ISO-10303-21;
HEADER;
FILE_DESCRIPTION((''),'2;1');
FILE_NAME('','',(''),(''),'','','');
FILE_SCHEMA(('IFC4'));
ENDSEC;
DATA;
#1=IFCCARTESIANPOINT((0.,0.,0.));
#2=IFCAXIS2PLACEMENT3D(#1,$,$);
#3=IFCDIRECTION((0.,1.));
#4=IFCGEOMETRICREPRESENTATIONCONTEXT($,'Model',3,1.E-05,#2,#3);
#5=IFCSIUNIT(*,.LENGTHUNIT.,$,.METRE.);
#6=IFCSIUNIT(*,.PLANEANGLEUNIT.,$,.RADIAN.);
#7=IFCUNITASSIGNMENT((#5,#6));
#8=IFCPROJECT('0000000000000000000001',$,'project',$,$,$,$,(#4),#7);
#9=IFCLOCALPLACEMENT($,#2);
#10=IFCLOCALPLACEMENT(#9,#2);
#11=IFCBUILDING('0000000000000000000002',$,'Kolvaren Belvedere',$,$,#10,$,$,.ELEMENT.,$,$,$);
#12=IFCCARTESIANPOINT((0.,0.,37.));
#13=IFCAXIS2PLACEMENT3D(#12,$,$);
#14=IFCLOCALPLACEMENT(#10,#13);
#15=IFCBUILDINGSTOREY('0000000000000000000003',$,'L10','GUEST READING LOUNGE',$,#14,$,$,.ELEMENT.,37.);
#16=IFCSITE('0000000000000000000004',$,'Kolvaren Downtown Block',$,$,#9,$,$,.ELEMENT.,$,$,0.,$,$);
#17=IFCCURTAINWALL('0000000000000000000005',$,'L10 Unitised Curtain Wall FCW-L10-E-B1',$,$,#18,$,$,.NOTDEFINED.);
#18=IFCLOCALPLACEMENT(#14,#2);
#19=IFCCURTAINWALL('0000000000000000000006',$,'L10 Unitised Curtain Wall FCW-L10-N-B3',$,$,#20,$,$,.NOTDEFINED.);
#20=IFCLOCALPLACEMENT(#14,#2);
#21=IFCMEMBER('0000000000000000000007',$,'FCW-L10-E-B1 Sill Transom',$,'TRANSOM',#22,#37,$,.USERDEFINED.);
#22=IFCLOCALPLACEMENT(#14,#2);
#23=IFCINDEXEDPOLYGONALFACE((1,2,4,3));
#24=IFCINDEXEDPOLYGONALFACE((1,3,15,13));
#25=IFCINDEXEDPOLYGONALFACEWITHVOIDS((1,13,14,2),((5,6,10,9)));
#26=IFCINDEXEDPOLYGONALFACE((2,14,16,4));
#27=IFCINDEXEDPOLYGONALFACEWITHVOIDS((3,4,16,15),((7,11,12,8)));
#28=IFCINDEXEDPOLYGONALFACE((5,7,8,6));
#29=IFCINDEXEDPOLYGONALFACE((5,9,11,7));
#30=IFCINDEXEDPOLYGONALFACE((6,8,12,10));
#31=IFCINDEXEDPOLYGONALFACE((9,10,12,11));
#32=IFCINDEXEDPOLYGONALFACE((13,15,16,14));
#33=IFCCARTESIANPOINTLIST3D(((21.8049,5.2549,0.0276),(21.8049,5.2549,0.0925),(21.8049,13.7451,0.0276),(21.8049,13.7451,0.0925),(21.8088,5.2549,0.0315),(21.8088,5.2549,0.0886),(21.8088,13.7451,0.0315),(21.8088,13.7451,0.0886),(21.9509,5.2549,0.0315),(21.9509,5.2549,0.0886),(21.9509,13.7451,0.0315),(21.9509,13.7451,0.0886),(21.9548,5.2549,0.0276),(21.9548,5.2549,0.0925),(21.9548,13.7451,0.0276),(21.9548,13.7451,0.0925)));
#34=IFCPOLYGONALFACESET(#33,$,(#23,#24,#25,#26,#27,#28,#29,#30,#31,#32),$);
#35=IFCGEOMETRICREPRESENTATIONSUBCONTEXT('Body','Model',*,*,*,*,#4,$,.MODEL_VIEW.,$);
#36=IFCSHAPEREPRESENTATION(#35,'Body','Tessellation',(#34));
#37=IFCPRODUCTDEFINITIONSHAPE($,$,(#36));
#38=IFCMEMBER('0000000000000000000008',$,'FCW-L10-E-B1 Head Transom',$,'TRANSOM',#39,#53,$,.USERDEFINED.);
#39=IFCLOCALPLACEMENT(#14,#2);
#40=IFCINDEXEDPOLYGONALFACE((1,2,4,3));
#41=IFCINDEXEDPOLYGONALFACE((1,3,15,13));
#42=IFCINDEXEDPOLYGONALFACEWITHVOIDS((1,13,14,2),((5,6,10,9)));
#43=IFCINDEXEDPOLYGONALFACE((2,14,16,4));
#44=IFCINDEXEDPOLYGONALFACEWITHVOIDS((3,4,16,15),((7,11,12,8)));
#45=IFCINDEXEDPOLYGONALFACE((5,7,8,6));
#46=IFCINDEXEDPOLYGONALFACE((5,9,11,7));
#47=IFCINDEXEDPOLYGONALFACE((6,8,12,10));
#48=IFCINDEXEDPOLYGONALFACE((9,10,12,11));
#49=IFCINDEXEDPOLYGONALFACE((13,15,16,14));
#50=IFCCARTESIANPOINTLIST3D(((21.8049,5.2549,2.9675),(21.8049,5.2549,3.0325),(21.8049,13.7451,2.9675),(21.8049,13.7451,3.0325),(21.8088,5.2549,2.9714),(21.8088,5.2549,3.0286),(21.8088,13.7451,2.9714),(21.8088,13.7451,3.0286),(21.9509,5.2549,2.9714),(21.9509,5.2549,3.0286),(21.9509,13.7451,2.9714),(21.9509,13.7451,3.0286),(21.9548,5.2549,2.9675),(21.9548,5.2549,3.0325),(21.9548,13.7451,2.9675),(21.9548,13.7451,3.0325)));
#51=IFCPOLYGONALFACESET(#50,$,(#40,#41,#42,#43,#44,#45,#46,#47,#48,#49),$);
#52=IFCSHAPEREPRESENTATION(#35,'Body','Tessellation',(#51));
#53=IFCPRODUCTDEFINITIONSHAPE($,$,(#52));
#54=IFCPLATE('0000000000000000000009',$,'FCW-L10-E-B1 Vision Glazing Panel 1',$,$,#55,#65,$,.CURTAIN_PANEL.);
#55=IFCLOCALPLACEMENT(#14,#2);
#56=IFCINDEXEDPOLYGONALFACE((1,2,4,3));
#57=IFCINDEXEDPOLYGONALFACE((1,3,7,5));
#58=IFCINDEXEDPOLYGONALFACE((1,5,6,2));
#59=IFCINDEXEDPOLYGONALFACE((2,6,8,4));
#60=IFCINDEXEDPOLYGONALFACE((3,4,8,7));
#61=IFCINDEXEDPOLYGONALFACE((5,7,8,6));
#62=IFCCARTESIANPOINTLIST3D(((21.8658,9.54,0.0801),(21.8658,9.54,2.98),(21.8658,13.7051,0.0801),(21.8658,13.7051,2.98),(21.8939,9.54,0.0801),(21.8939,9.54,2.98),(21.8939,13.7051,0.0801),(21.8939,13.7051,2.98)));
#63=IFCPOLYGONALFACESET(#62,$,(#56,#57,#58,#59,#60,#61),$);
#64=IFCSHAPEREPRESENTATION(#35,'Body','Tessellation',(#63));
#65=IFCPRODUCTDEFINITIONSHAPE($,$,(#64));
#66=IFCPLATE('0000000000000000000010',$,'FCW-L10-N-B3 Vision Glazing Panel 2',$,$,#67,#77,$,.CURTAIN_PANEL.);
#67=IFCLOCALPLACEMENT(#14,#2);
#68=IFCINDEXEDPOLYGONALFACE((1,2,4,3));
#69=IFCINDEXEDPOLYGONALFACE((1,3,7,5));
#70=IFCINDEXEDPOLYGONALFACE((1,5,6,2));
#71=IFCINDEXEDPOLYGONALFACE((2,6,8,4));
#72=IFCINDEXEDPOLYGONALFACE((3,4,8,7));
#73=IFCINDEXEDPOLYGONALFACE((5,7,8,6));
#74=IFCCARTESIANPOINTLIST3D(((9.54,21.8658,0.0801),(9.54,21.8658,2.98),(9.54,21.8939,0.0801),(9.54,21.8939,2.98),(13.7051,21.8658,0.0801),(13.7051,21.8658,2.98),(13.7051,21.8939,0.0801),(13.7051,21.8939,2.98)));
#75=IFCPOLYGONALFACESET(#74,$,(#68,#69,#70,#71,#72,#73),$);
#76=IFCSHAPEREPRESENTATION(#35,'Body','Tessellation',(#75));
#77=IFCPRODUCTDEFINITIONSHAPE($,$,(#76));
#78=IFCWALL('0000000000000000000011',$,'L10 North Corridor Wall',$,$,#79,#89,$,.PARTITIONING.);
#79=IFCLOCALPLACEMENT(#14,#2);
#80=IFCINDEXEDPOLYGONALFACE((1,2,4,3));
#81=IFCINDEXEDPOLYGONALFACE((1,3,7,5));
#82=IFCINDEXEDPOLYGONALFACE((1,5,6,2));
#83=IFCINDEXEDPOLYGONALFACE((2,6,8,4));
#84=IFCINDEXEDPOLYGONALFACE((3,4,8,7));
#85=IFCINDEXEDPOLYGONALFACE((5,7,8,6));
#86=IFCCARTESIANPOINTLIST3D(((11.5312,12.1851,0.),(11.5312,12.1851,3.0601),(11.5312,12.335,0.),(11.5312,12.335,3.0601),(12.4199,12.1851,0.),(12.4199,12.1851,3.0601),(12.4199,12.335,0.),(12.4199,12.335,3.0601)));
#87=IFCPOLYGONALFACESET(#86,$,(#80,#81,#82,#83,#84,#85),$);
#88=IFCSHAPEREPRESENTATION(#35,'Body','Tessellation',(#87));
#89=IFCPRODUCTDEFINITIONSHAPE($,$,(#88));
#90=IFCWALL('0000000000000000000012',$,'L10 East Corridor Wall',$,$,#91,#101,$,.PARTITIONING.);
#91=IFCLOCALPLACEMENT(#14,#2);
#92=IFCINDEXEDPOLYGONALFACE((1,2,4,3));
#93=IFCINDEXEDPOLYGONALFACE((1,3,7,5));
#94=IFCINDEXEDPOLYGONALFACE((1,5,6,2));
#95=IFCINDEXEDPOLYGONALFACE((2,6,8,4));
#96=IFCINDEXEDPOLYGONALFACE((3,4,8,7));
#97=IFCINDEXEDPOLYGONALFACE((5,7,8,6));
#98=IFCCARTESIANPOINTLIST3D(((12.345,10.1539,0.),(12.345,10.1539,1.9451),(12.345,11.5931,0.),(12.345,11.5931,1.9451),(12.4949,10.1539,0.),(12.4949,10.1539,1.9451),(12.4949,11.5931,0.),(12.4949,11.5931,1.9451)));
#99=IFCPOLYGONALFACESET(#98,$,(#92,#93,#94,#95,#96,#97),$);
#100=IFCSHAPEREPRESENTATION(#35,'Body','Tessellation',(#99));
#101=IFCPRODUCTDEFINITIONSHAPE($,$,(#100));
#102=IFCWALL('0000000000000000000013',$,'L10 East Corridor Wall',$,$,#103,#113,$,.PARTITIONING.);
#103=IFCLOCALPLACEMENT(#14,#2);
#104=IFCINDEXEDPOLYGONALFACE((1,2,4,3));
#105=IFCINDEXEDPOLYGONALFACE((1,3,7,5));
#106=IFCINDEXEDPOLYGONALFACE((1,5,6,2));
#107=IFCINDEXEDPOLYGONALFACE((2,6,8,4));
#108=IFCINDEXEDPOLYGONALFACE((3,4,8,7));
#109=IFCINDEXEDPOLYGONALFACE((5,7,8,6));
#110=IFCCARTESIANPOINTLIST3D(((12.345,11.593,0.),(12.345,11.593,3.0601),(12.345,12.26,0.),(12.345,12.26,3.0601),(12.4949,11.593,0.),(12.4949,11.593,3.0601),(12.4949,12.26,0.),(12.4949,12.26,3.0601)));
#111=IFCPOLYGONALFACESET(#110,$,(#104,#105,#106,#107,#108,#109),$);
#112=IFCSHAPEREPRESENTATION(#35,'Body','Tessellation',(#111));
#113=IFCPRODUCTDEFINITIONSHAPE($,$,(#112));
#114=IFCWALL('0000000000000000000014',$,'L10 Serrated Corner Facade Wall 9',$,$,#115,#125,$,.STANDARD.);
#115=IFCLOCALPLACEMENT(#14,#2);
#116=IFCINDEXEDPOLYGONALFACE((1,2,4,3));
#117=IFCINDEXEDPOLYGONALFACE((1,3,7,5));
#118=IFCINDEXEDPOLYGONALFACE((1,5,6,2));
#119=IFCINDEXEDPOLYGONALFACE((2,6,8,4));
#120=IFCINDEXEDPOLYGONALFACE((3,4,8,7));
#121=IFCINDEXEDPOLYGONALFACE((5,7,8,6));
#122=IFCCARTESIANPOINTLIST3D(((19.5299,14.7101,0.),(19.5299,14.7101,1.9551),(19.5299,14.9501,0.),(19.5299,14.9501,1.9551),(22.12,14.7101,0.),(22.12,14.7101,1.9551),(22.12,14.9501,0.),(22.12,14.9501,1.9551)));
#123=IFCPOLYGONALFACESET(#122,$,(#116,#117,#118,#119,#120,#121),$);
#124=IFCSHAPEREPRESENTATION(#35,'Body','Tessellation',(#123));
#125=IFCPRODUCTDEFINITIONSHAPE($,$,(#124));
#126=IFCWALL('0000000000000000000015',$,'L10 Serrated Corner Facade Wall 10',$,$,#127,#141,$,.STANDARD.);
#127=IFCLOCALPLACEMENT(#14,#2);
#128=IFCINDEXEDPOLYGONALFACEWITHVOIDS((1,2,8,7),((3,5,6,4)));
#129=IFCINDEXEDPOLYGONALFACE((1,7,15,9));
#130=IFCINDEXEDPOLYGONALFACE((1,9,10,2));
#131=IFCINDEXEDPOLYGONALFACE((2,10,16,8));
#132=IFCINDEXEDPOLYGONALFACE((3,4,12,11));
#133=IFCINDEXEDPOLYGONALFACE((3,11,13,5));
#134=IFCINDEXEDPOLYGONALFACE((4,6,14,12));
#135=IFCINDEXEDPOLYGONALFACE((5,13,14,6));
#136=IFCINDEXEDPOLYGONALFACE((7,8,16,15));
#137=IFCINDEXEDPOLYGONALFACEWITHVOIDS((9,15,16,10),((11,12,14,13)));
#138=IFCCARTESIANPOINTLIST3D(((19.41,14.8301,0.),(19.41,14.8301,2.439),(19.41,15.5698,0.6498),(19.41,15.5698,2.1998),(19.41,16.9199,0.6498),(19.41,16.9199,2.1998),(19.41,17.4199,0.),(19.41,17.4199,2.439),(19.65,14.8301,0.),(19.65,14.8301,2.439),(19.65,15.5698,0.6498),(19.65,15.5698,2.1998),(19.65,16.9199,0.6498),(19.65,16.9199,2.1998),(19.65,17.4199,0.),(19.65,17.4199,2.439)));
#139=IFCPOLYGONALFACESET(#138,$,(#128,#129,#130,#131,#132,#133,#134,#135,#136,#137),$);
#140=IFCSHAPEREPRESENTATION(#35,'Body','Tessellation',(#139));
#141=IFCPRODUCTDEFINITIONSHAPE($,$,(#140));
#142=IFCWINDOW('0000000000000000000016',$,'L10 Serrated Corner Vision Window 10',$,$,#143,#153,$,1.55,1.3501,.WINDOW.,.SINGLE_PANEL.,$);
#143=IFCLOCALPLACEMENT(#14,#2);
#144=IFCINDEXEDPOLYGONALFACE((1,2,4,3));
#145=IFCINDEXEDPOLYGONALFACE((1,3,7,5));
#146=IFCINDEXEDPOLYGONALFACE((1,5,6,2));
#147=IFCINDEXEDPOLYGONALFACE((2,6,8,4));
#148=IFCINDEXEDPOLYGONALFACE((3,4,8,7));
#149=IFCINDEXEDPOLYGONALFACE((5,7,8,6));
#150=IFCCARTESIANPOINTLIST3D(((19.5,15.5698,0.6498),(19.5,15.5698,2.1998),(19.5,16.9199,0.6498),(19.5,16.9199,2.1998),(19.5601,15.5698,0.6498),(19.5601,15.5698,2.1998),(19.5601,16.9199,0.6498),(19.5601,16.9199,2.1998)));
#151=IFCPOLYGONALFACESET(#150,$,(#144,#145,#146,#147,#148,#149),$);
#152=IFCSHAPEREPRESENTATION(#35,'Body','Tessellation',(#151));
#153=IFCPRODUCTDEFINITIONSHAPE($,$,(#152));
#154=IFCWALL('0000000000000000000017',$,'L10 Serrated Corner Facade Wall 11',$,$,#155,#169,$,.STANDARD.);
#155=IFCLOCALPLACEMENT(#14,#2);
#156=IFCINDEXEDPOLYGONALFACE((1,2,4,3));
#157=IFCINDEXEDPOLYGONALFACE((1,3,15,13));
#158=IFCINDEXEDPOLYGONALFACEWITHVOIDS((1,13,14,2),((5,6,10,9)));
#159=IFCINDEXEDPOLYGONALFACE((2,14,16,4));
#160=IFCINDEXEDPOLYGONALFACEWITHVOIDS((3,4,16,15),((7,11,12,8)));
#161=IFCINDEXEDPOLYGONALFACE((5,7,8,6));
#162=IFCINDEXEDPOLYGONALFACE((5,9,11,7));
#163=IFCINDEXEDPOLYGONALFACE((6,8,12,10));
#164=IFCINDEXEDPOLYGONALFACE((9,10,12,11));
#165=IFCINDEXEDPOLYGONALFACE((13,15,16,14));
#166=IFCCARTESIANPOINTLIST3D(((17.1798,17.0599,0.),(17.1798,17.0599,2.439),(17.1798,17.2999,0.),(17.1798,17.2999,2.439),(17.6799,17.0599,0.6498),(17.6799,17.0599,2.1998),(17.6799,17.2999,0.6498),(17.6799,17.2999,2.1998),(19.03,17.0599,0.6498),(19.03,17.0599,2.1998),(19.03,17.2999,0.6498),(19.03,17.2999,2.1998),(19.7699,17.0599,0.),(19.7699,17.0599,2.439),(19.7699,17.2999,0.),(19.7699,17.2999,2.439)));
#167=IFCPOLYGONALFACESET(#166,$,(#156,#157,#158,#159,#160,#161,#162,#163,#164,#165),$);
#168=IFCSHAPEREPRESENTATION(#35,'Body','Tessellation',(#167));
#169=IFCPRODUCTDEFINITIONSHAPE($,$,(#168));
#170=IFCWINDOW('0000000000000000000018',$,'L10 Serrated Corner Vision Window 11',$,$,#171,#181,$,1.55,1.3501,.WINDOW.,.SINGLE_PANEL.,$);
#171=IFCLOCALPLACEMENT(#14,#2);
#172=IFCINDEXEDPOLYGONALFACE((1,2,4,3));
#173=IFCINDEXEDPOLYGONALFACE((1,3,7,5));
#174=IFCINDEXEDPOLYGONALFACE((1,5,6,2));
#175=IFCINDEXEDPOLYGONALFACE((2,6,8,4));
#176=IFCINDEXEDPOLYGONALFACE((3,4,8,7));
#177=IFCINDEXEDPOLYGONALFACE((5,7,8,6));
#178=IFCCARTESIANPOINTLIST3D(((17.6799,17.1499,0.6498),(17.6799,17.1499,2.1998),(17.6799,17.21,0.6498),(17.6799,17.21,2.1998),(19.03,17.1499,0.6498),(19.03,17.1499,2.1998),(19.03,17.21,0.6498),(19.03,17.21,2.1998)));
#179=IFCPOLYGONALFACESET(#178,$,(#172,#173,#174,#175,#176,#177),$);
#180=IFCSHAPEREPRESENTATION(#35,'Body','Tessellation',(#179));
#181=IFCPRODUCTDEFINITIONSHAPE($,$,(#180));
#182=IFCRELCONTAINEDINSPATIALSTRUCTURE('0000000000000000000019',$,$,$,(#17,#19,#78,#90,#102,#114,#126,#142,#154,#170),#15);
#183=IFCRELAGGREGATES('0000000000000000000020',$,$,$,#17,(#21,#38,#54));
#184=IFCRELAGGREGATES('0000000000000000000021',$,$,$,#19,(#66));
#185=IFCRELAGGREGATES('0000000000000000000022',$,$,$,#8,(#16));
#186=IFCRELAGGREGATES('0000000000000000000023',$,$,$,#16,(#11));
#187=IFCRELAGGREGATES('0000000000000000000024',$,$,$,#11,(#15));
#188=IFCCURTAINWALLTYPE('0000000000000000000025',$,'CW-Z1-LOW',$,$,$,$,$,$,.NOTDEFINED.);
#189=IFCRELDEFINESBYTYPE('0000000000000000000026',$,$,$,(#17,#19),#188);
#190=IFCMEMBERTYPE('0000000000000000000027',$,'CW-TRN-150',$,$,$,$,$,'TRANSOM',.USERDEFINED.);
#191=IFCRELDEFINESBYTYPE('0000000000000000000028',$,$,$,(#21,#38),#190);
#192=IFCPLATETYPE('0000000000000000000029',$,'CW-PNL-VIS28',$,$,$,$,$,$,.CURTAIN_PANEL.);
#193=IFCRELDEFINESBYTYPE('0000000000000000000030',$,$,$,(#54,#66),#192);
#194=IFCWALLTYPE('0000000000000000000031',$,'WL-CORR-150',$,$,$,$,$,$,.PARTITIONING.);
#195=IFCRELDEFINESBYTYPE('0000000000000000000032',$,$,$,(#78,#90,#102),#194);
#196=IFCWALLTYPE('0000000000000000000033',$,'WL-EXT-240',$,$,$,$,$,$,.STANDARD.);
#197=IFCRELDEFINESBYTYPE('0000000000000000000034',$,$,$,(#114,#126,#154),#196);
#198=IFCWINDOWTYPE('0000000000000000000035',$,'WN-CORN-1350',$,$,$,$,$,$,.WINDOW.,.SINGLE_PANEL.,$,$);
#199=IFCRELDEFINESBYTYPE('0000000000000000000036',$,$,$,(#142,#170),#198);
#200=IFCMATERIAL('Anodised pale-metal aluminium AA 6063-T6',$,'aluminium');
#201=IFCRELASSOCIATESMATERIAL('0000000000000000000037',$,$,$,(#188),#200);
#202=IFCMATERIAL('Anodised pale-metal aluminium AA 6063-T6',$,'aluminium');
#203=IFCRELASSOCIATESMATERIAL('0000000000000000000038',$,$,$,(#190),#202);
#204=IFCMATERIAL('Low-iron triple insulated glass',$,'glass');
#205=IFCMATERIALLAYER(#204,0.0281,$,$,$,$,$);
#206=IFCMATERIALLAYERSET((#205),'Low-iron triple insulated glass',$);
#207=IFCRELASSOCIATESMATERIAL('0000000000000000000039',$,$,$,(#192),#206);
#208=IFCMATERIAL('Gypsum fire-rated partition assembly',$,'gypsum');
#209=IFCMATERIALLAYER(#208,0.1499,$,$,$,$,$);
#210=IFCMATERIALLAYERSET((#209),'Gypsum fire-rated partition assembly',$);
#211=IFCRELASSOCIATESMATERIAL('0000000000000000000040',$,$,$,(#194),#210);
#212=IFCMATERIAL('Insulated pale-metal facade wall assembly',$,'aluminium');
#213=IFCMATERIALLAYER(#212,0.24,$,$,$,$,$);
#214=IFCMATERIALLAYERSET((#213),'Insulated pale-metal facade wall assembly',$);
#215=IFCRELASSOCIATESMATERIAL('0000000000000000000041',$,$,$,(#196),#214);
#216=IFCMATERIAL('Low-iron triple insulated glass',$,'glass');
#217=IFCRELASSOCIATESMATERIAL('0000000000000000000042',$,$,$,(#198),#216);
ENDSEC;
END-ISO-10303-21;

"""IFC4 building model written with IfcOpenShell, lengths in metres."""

from ifc_helpers import new_model, si_unit, direction, frame, frame_2d, origin, origin_2d, place, context, subcontext, project, spatial, rectangle, hollow_rectangle, extrude, material, layer, layer_set, material_profile, profile_set, type_object, element, fill, aggregate, save


model = new_model("IFC4")

# Units and contexts
model_context = context("Model", 3, precision=1e-05, world=origin(), true_north=direction((0.0, 1.0)))
body_context = subcontext(model_context, "Body", "Model", "MODEL_VIEW")
ifc_project = project(units=[si_unit("LENGTHUNIT", "METRE"), si_unit("PLANEANGLEUNIT", "RADIAN")], contexts=[model_context])

# Site, building, storey
site_placement = place(None, origin())
site = spatial("IfcSite", under=ifc_project, at=site_placement, Name="Kolvaren Downtown Block", CompositionType="ELEMENT", RefElevation=0.0)
building_placement = place(site_placement, origin())
building = spatial("IfcBuilding", under=site, at=building_placement, Name="Kolvaren Belvedere", CompositionType="ELEMENT")
storey_placement = place(building_placement, frame((0.0, 0.0, 37.0)))
storey = spatial("IfcBuildingStorey", under=building, at=storey_placement, Name="L10", Description="GUEST READING LOUNGE", CompositionType="ELEMENT", Elevation=37.0)

# Curtain walls
ifc_material_1 = material(Name="Anodised pale-metal aluminium AA 6063-T6", Category="aluminium")
curtain_wall_type = type_object("IfcCurtainWallType", Name="CW-Z1-LOW", PredefinedType="NOTDEFINED", material=ifc_material_1)
curtain_wall_1_placement = place(storey_placement, origin())
curtain_wall_1 = element("IfcCurtainWall", 1, at=curtain_wall_1_placement, inside=storey, type_object=curtain_wall_type, Name="L10 Unitised Curtain Wall FCW-L10-E-B1", PredefinedType="NOTDEFINED")
curtain_wall_2_placement = place(storey_placement, origin())
curtain_wall_2 = element("IfcCurtainWall", 2, at=curtain_wall_2_placement, inside=storey, type_object=curtain_wall_type, Name="L10 Unitised Curtain Wall FCW-L10-N-B3", PredefinedType="NOTDEFINED")

# Members
ifc_material_2 = material(Name="Anodised pale-metal aluminium AA 6063-T6", Category="aluminium")
ifc_material_profile_1 = material_profile(ifc_material_2, hollow_rectangle(XDim=0.0649, YDim=0.1499, WallThickness=0.0039, at=origin_2d()), Name="ALU-TRN-150X65")
ifc_profile_set_1 = profile_set([ifc_material_profile_1], Name="Anodised pale-metal aluminium AA 6063-T6")
member_type_1 = type_object("IfcMemberType", Name="CW-TRN-150", ElementType="TRANSOM", PredefinedType="USERDEFINED", material=ifc_profile_set_1)
member_1_placement = place(storey_placement, frame((21.8799, 13.7451, 0.0601), z_axis=(0.0, -1.0, 0.0), x_axis=(0.0, 0.0, 1.0)))
member_1 = element("IfcMember", 3, at=member_1_placement, type_object=member_type_1, Name="FCW-L10-E-B1 Sill Transom", ObjectType="TRANSOM", PredefinedType="USERDEFINED", context=body_context, shape_type="SweptSolid", body=[
    extrude(hollow_rectangle(XDim=0.0649, YDim=0.1499, WallThickness=0.0039, at=origin_2d()), origin(), (0.0, 0.0, 1.0), 8.4902),
])
member_2_placement = place(storey_placement, frame((21.8799, 13.7451, 3.0), z_axis=(0.0, -1.0, 0.0), x_axis=(0.0, 0.0, 1.0)))
member_2 = element("IfcMember", 4, at=member_2_placement, type_object=member_type_1, Name="FCW-L10-E-B1 Head Transom", ObjectType="TRANSOM", PredefinedType="USERDEFINED", context=body_context, shape_type="SweptSolid", body=[
    extrude(hollow_rectangle(XDim=0.0649, YDim=0.1499, WallThickness=0.0039, at=origin_2d()), origin(), (0.0, 0.0, 1.0), 8.4902),
])

# Plates
ifc_material_3 = material(Name="Low-iron triple insulated glass", Category="glass")
ifc_layer_1 = layer(ifc_material_3, 0.0281)
ifc_layer_set_1 = layer_set([ifc_layer_1], Name="Low-iron triple insulated glass")
plate_type = type_object("IfcPlateType", Name="CW-PNL-VIS28", PredefinedType="CURTAIN_PANEL", material=ifc_layer_set_1)
plate_1_placement = place(storey_placement, frame((21.8799, 11.6226, 0.0801), z_axis=(0.0, 0.0, 1.0), x_axis=(0.0, -1.0, 0.0)))
plate_1 = element("IfcPlate", 5, at=plate_1_placement, type_object=plate_type, Name="FCW-L10-E-B1 Vision Glazing Panel 1", PredefinedType="CURTAIN_PANEL", context=body_context, shape_type="SweptSolid", body=[
    extrude(rectangle(XDim=4.165, YDim=0.0281, at=origin_2d()), origin(), (0.0, 0.0, 1.0), 2.8999),
])
aggregate(curtain_wall_1, [member_1, member_2, plate_1])
plate_2_placement = place(storey_placement, frame((11.6226, 21.8799, 0.0801), z_axis=(0.0, 0.0, 1.0), x_axis=(1.0, 0.0, 0.0)))
plate_2 = element("IfcPlate", 6, at=plate_2_placement, type_object=plate_type, Name="FCW-L10-N-B3 Vision Glazing Panel 2", PredefinedType="CURTAIN_PANEL", context=body_context, shape_type="SweptSolid", body=[
    extrude(rectangle(XDim=4.165, YDim=0.0281, at=origin_2d()), origin(), (0.0, 0.0, 1.0), 2.8999),
])
aggregate(curtain_wall_2, [plate_2])

# Walls
ifc_material_4 = material(Name="Gypsum fire-rated partition assembly", Category="gypsum")
ifc_layer_2 = layer(ifc_material_4, 0.1499)
ifc_layer_set_2 = layer_set([ifc_layer_2], Name="Gypsum fire-rated partition assembly")
wall_type_1 = type_object("IfcWallType", Name="WL-CORR-150", PredefinedType="PARTITIONING", material=ifc_layer_set_2)
wall_1_placement = place(storey_placement, frame((11.5312, 12.26, 0.0), z_axis=(0.0, 0.0, 1.0), x_axis=(1.0, 0.0, 0.0)))
element("IfcWall", 7, at=wall_1_placement, inside=storey, type_object=wall_type_1, Name="L10 North Corridor Wall", PredefinedType="PARTITIONING", context=body_context, shape_type="SweptSolid", body=[
    extrude(rectangle(XDim=0.8887, YDim=0.1499, at=frame_2d((0.4443, 0.0))), origin(), (0.0, 0.0, 1.0), 3.0601),
])
wall_2_placement = place(storey_placement, frame((12.4199, 10.1538, 0.0), z_axis=(0.0, 0.0, 1.0), x_axis=(0.0, 1.0, 0.0)))
element("IfcWall", 8, at=wall_2_placement, inside=storey, type_object=wall_type_1, Name="L10 East Corridor Wall", PredefinedType="PARTITIONING", context=body_context, shape_type="SweptSolid", body=[
    extrude(rectangle(XDim=1.4392, YDim=0.1499, at=frame_2d((0.7197, 0.0))), origin(), (0.0, 0.0, 1.0), 1.9451),
])
wall_3_placement = place(storey_placement, frame((12.4199, 11.593, 0.0), z_axis=(0.0, 0.0, 1.0), x_axis=(0.0, 1.0, 0.0)))
element("IfcWall", 9, at=wall_3_placement, inside=storey, type_object=wall_type_1, Name="L10 East Corridor Wall", PredefinedType="PARTITIONING", context=body_context, shape_type="SweptSolid", body=[
    extrude(rectangle(XDim=0.667, YDim=0.1499, at=frame_2d((0.3335, 0.0))), origin(), (0.0, 0.0, 1.0), 3.0601),
])
ifc_material_5 = material(Name="Insulated pale-metal facade wall assembly", Category="aluminium")
ifc_layer_3 = layer(ifc_material_5, 0.24)
ifc_layer_set_3 = layer_set([ifc_layer_3], Name="Insulated pale-metal facade wall assembly")
wall_type_2 = type_object("IfcWallType", Name="WL-EXT-240", PredefinedType="STANDARD", material=ifc_layer_set_3)
wall_4_placement = place(storey_placement, frame((19.53, 14.8301, 0.0), z_axis=(0.0, 0.0, 1.0), x_axis=(1.0, 0.0, 0.0)))
element("IfcWall", 10, at=wall_4_placement, inside=storey, type_object=wall_type_2, Name="L10 Serrated Corner Facade Wall 9", PredefinedType="STANDARD", context=body_context, shape_type="SweptSolid", body=[
    extrude(rectangle(XDim=2.5901, YDim=0.24, at=frame_2d((1.2949, 0.0))), origin(), (0.0, 0.0, 1.0), 1.9551),
])

# Walls, openings, windows
wall_5_placement = place(storey_placement, frame((19.53, 17.4199, 0.0), z_axis=(0.0, 0.0, 1.0), x_axis=(0.0, -1.0, 0.0)))
wall_5 = element("IfcWall", 11, at=wall_5_placement, inside=storey, type_object=wall_type_2, Name="L10 Serrated Corner Facade Wall 10", PredefinedType="STANDARD", context=body_context, shape_type="SweptSolid", body=[
    extrude(rectangle(XDim=2.5898, YDim=0.24, at=frame_2d((1.2949, 0.0))), origin(), (0.0, 0.0, 1.0), 2.439),
])
opening_1_placement = place(wall_5_placement, frame((0.5, 0.0, 0.6499)))
opening_1 = element("IfcOpeningElement", 12, at=opening_1_placement, cuts=wall_5, PredefinedType="OPENING", context=body_context, shape_type="SweptSolid", body=[
    extrude(rectangle(XDim=1.3501, YDim=1.55, at=frame_2d((0.675, 0.7749))), frame((0.0, 0.1299, 0.0), z_axis=(0.0, -1.0, 0.0), x_axis=(1.0, 0.0, 0.0)), (0.0, 0.0, 1.0), 0.26),
])
ifc_material_6 = material(Name="Low-iron triple insulated glass", Category="glass")
window_type = type_object("IfcWindowType", Name="WN-CORN-1350", PartitioningType="SINGLE_PANEL", PredefinedType="WINDOW", material=ifc_material_6)
window_1_placement = place(opening_1_placement, origin())
window_1 = element("IfcWindow", 13, at=window_1_placement, inside=storey, type_object=window_type, Name="L10 Serrated Corner Vision Window 10", OverallHeight=1.55, OverallWidth=1.3501, PartitioningType="SINGLE_PANEL", PredefinedType="WINDOW", context=body_context, shape_type="SweptSolid", body=[
    extrude(rectangle(XDim=1.3501, YDim=1.55, at=frame_2d((0.675, 0.7749))), frame((0.0, 0.03, 0.0), z_axis=(0.0, -1.0, 0.0), x_axis=(1.0, 0.0, 0.0)), (0.0, 0.0, 1.0), 0.0601),
])
fill(opening_1, window_1)
wall_6_placement = place(storey_placement, frame((17.1799, 17.1799, 0.0), z_axis=(0.0, 0.0, 1.0), x_axis=(1.0, 0.0, 0.0)))
wall_6 = element("IfcWall", 14, at=wall_6_placement, inside=storey, type_object=wall_type_2, Name="L10 Serrated Corner Facade Wall 11", PredefinedType="STANDARD", context=body_context, shape_type="SweptSolid", body=[
    extrude(rectangle(XDim=2.5901, YDim=0.24, at=frame_2d((1.2949, 0.0))), origin(), (0.0, 0.0, 1.0), 2.439),
])
opening_2_placement = place(wall_6_placement, frame((0.5, 0.0, 0.6499)))
opening_2 = element("IfcOpeningElement", 15, at=opening_2_placement, cuts=wall_6, PredefinedType="OPENING", context=body_context, shape_type="SweptSolid", body=[
    extrude(rectangle(XDim=1.3501, YDim=1.55, at=frame_2d((0.675, 0.7749))), frame((0.0, 0.1299, 0.0), z_axis=(0.0, -1.0, 0.0), x_axis=(1.0, 0.0, 0.0)), (0.0, 0.0, 1.0), 0.26),
])
window_2_placement = place(opening_2_placement, origin())
window_2 = element("IfcWindow", 16, at=window_2_placement, inside=storey, type_object=window_type, Name="L10 Serrated Corner Vision Window 11", OverallHeight=1.55, OverallWidth=1.3501, PartitioningType="SINGLE_PANEL", PredefinedType="WINDOW", context=body_context, shape_type="SweptSolid", body=[
    extrude(rectangle(XDim=1.3501, YDim=1.55, at=frame_2d((0.675, 0.7749))), frame((0.0, 0.03, 0.0), z_axis=(0.0, -1.0, 0.0), x_axis=(1.0, 0.0, 0.0)), (0.0, 0.0, 1.0), 0.0601),
])
fill(opening_2, window_2)

save(model, "model.ifc")
